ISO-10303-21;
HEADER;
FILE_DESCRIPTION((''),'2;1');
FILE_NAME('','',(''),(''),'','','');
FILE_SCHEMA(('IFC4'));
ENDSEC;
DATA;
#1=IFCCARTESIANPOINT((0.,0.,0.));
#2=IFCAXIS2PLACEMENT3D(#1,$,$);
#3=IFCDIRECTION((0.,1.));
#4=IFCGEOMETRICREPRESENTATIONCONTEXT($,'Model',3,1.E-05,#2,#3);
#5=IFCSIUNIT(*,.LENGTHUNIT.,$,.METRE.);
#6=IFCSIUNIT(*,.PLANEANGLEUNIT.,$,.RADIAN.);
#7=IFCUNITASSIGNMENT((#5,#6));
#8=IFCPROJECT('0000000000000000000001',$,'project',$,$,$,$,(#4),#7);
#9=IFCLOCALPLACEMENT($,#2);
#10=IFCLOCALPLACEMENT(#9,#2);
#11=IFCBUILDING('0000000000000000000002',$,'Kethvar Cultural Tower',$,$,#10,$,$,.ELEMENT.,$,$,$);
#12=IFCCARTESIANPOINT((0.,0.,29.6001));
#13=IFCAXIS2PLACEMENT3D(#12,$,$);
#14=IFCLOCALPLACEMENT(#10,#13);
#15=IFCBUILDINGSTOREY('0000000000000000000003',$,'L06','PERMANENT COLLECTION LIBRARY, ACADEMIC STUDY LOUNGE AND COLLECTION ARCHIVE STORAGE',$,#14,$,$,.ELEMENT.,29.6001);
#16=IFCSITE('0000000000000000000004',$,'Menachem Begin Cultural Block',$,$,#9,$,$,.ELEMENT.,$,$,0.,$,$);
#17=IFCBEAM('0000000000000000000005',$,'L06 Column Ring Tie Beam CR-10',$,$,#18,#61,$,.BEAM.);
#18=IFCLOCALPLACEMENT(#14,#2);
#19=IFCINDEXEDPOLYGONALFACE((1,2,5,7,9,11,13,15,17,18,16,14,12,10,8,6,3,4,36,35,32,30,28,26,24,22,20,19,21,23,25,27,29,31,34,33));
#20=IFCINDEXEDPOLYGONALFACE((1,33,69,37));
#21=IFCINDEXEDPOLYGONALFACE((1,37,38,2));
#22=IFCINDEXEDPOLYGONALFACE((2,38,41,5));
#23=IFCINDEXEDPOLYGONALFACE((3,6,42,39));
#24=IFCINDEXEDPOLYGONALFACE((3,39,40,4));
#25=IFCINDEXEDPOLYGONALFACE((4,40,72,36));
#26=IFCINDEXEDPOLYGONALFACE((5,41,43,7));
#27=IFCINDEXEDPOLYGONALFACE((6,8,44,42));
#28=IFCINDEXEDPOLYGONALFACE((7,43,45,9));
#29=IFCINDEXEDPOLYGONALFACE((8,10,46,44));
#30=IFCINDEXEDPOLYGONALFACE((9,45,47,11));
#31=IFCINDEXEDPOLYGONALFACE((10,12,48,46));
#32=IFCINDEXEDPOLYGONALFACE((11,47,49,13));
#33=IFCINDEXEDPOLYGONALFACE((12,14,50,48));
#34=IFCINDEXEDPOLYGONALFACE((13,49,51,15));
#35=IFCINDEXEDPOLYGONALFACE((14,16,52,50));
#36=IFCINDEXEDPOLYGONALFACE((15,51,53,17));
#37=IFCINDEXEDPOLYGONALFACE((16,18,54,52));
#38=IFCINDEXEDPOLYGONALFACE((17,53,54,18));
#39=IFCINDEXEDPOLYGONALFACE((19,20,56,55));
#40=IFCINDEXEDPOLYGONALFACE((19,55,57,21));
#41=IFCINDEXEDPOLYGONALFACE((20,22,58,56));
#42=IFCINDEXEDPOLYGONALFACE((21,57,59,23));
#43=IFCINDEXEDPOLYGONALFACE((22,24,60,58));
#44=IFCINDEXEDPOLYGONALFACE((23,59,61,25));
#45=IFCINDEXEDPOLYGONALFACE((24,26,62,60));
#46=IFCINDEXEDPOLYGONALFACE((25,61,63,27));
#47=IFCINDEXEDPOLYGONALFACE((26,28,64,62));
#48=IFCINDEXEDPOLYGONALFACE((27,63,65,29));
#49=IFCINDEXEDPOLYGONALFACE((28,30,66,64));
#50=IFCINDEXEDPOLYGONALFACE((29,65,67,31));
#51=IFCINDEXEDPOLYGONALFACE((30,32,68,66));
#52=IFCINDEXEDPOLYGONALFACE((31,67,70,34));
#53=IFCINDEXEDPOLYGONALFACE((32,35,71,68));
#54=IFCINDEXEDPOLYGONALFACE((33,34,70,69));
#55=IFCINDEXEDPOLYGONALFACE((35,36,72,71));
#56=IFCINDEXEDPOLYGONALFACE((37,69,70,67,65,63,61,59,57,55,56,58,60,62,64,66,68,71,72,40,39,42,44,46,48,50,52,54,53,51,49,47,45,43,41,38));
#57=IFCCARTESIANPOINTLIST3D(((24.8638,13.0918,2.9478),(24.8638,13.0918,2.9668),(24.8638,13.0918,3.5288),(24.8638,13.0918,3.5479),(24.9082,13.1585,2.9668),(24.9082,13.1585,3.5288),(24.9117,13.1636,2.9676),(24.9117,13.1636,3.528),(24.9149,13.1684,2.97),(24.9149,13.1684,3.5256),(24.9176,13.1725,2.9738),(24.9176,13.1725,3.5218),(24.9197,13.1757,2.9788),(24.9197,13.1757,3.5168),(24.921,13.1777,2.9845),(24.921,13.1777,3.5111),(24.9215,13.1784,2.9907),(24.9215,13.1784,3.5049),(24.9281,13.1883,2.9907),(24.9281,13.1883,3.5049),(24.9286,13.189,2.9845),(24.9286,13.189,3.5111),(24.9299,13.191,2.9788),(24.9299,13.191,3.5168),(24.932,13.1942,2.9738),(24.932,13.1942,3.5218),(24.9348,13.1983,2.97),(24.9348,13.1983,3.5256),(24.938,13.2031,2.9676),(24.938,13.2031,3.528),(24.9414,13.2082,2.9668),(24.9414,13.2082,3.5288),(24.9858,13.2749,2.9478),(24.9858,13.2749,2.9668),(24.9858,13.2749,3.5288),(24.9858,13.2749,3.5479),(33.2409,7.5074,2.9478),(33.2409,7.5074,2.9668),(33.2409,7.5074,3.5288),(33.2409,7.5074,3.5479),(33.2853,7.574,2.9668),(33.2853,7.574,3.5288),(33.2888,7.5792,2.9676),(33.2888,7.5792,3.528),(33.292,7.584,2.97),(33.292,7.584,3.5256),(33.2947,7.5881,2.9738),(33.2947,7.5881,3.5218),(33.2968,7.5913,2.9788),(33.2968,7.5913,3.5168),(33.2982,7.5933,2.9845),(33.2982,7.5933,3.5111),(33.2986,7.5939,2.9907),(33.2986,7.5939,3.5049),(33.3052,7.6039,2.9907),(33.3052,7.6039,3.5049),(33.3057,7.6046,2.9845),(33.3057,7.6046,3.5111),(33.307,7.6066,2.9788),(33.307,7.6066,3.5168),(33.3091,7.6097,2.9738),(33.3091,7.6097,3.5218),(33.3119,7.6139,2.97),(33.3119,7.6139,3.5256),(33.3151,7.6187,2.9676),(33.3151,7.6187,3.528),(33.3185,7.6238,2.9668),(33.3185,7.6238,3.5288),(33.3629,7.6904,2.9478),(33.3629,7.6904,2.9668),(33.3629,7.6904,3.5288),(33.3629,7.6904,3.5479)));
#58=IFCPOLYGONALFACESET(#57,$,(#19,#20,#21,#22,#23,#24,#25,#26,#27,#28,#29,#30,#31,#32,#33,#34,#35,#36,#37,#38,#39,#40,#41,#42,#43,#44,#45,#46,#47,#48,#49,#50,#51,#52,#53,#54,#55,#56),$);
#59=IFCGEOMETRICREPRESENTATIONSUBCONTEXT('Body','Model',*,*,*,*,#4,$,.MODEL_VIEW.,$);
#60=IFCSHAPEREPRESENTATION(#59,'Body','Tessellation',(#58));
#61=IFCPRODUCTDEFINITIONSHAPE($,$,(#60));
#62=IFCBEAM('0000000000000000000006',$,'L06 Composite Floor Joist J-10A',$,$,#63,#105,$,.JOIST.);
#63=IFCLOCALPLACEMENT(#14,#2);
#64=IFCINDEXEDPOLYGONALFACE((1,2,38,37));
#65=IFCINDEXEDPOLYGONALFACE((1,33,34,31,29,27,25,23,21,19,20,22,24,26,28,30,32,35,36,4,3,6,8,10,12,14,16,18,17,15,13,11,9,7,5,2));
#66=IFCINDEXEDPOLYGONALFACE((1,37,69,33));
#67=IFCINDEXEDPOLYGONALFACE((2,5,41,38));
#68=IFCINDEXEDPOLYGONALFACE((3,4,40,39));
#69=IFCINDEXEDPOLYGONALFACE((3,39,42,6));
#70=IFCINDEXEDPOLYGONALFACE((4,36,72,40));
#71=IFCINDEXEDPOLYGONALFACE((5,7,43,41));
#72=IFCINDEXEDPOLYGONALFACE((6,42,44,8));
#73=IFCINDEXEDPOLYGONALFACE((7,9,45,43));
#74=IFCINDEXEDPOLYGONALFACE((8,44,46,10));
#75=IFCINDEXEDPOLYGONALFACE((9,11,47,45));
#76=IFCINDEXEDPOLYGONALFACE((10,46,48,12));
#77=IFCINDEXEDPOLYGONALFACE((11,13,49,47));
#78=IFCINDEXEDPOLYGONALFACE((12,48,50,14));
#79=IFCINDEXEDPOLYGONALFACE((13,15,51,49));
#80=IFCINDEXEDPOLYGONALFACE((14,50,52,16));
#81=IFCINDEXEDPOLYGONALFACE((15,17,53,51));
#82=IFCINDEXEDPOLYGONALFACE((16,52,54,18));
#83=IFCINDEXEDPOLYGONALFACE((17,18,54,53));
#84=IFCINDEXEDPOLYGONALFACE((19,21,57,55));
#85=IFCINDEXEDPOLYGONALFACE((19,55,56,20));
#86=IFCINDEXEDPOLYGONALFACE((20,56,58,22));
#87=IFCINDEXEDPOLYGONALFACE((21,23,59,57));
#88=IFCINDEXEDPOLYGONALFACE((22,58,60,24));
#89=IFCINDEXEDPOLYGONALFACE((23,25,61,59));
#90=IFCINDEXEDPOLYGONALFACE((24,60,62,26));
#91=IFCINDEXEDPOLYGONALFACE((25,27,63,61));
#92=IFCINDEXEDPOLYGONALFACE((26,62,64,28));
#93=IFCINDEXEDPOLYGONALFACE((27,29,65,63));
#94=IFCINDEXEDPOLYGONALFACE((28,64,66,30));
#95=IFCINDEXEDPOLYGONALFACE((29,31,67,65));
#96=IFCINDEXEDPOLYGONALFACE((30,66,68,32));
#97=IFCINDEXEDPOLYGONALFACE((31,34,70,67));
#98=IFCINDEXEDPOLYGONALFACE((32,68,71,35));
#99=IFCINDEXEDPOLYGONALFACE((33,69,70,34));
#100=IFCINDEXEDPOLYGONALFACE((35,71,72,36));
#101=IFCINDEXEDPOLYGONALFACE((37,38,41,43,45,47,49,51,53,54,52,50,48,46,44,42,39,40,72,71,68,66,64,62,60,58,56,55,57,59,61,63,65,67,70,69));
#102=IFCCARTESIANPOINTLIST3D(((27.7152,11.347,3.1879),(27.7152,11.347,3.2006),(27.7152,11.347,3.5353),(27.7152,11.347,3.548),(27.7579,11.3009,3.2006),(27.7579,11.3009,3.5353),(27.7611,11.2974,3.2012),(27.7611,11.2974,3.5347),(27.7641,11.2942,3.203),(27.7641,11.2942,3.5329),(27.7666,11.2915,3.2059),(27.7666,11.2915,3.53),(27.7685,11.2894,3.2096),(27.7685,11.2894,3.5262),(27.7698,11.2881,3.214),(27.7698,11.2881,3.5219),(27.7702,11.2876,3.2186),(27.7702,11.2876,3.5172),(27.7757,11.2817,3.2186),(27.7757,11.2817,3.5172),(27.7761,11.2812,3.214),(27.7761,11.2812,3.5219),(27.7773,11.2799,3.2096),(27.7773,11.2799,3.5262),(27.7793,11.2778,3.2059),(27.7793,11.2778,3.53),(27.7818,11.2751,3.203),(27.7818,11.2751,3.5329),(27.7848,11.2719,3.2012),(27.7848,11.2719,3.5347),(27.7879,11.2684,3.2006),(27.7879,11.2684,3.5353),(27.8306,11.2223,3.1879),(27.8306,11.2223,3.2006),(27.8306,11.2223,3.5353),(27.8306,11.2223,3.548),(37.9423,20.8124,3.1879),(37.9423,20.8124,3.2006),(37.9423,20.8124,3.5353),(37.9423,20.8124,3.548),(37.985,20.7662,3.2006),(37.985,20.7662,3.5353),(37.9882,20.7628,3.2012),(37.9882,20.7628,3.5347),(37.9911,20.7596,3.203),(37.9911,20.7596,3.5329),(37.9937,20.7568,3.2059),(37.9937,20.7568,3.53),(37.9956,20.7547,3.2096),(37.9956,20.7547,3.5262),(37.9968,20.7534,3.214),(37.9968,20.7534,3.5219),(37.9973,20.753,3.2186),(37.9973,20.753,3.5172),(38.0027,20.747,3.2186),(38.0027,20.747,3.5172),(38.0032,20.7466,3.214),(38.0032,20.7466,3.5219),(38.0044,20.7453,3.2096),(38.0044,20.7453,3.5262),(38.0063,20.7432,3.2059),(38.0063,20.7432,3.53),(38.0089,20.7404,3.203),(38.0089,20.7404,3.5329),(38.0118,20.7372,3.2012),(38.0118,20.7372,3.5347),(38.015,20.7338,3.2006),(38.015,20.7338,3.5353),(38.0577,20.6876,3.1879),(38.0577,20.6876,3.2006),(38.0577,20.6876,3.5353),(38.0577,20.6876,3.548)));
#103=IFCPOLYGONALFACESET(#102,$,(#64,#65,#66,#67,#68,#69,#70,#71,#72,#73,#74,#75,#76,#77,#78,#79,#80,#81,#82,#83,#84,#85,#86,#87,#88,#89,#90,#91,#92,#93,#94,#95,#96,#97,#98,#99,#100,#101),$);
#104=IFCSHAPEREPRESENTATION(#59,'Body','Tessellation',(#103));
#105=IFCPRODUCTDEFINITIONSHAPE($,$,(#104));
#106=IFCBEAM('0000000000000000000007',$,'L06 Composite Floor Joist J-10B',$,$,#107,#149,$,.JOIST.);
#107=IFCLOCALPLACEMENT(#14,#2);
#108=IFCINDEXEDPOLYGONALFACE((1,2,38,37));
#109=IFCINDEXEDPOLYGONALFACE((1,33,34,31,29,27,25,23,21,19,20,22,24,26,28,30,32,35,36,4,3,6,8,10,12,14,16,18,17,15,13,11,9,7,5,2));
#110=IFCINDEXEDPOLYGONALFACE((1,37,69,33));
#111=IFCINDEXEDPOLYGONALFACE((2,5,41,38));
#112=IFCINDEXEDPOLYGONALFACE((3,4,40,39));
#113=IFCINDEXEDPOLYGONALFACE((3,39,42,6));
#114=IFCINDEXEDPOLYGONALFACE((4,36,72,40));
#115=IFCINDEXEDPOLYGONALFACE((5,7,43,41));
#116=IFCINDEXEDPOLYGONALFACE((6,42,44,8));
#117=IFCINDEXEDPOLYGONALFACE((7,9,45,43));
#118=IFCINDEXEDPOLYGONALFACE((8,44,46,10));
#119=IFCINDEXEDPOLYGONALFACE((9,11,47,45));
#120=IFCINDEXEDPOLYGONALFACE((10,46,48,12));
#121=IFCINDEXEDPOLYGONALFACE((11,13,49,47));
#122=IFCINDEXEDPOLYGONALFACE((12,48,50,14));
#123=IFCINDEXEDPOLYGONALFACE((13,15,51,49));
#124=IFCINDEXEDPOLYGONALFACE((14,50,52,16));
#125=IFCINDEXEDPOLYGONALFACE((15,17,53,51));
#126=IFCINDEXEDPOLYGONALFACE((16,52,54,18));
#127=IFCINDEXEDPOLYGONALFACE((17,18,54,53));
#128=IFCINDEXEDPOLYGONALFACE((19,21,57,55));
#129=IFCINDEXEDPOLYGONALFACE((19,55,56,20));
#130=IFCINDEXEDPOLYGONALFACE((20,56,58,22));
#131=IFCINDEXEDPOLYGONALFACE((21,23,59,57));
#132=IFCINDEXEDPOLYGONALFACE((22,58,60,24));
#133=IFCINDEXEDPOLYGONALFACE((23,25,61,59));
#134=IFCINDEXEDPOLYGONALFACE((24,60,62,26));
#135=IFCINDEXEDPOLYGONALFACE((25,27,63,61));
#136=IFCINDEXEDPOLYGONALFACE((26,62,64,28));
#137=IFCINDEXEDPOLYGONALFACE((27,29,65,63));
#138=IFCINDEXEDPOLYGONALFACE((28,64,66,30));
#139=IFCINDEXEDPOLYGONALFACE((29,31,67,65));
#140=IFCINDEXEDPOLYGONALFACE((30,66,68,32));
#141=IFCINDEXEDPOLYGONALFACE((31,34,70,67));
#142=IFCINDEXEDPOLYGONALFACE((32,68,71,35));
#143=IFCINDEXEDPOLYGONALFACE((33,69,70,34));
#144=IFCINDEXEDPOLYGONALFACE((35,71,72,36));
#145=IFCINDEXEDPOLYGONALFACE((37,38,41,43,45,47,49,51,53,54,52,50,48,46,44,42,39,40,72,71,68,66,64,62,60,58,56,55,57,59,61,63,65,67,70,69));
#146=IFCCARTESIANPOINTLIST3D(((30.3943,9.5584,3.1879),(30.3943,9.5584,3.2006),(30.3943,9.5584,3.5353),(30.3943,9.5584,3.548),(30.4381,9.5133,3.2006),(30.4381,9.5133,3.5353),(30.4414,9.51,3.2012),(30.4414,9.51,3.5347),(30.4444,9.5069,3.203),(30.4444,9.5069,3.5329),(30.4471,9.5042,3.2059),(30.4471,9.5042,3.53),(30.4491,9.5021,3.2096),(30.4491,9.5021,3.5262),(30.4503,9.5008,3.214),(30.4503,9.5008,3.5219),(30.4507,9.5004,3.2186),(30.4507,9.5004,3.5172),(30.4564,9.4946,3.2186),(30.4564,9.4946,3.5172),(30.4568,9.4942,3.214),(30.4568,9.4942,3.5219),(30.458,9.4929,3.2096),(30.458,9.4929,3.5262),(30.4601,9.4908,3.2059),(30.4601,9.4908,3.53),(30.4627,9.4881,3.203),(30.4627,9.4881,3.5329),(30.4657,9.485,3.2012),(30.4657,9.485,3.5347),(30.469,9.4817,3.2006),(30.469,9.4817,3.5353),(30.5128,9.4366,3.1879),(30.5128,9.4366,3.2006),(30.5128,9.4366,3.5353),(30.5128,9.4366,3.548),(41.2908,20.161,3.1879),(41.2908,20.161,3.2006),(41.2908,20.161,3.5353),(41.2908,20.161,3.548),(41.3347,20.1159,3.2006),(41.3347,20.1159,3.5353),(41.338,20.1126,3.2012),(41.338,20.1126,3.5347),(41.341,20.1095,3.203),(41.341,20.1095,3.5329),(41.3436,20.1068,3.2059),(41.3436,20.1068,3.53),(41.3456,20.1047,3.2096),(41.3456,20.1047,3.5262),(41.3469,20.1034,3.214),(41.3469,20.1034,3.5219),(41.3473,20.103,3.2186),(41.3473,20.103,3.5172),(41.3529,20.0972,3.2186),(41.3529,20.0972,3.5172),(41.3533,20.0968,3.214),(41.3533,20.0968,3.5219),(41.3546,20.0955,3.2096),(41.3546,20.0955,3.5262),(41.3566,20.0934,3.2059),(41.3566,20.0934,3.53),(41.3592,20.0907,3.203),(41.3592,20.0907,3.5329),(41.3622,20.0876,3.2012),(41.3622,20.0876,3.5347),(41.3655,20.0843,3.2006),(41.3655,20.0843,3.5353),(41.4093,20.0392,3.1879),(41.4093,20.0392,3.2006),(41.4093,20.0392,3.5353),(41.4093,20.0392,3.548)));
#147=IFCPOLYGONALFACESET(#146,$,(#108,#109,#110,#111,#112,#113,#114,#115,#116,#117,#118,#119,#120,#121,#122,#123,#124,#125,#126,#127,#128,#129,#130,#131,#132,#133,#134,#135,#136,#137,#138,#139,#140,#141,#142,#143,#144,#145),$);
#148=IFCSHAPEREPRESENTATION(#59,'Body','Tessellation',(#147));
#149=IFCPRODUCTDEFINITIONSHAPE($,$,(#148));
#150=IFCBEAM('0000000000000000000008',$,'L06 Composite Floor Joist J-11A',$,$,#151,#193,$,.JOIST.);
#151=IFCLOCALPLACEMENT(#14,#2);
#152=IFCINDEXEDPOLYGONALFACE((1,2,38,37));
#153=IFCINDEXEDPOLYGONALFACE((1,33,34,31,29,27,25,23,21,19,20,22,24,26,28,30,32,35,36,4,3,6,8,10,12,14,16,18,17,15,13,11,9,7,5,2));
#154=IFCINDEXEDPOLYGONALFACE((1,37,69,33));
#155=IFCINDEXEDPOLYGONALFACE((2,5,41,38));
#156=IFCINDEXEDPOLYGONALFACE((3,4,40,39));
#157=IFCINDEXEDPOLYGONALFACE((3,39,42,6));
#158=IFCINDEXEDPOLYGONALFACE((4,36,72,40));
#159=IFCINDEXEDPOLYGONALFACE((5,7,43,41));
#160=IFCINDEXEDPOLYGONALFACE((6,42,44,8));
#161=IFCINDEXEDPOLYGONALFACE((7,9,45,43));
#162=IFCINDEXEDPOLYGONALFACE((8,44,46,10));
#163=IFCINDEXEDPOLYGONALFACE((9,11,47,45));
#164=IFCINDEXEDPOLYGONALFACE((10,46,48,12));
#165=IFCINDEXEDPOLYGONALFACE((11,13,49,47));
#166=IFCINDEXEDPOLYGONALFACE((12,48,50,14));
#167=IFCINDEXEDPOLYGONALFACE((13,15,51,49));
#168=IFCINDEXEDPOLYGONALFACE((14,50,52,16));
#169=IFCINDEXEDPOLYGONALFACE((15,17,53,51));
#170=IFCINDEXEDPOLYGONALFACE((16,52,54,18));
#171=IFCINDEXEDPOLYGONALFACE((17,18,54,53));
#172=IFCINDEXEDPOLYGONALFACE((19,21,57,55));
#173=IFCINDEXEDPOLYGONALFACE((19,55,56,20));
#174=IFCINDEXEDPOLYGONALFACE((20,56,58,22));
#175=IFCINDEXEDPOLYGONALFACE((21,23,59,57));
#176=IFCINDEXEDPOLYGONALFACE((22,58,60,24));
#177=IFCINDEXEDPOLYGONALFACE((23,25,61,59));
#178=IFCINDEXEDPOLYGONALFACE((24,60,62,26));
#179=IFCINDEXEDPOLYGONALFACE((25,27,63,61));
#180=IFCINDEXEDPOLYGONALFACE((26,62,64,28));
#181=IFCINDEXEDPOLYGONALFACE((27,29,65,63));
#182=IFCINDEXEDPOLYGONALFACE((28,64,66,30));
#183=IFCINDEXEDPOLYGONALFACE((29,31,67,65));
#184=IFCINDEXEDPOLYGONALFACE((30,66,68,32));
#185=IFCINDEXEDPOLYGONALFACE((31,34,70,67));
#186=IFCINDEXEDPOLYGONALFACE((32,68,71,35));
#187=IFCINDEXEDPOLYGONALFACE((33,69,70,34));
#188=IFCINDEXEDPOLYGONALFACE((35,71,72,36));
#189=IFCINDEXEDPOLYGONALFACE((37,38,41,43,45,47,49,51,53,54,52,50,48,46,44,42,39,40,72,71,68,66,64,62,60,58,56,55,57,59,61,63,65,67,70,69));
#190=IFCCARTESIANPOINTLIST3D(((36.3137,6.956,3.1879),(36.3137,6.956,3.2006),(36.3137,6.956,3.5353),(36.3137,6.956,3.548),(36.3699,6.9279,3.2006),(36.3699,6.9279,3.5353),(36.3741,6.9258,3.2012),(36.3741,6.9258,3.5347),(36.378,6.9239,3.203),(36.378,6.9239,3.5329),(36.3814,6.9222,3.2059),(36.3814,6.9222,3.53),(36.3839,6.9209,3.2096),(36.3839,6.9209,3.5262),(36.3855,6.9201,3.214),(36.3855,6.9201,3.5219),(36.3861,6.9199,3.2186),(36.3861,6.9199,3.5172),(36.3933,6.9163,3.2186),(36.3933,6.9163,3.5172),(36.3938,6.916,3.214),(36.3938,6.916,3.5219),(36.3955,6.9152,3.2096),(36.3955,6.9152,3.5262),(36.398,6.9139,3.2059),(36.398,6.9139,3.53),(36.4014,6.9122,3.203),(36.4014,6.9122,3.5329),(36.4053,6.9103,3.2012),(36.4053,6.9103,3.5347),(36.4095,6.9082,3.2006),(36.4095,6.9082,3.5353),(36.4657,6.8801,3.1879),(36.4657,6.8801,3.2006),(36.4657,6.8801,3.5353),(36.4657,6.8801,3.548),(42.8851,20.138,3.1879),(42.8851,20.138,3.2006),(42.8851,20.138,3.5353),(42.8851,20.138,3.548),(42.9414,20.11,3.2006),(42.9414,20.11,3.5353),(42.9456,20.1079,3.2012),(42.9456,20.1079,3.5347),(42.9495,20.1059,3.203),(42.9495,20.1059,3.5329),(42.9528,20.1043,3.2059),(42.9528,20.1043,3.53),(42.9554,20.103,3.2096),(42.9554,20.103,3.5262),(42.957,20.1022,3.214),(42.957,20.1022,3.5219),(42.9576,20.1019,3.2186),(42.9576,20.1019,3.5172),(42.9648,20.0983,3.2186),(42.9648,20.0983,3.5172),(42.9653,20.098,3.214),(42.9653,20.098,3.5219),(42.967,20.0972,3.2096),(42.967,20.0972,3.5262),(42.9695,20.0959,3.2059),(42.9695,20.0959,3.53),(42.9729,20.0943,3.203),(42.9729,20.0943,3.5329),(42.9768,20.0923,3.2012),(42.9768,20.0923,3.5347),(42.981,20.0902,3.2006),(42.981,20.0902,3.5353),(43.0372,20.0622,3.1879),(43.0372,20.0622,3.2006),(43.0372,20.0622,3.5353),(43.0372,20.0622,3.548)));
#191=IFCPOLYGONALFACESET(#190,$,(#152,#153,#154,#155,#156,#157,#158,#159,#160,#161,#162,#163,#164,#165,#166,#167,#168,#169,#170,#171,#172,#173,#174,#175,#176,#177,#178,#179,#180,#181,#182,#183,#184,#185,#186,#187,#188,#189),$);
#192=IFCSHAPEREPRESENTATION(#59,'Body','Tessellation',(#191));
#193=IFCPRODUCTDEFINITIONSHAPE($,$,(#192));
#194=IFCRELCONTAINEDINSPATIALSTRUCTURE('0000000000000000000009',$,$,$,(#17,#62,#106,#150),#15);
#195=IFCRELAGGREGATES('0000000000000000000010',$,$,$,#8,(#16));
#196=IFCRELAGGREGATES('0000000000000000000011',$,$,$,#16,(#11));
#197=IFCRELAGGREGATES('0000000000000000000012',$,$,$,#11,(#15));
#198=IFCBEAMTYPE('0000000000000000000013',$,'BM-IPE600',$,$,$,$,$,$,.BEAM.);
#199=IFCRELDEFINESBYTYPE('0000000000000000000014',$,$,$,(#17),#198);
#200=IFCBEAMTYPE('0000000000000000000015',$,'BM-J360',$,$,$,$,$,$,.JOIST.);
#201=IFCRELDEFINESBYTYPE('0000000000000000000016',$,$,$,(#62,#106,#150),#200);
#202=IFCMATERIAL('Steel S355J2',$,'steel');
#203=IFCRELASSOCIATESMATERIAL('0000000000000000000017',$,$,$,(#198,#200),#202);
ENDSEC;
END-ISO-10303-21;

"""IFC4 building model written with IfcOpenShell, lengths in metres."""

from ifc_helpers import new_model, si_unit, direction, frame, origin, origin_2d, place, context, subcontext, project, spatial, i_section, extrude, source, transform, mapped, material, material_profile, profile_set, type_object, element, save


model = new_model("IFC4")

# Units and contexts
model_context = context("Model", 3, precision=1e-05, world=origin(), true_north=direction((0.0, 1.0)))
body_context = subcontext(model_context, "Body", "Model", "MODEL_VIEW")
ifc_project = project(units=[si_unit("LENGTHUNIT", "METRE"), si_unit("PLANEANGLEUNIT", "RADIAN")], contexts=[model_context])

# Site, building, storey
site_placement = place(None, origin())
site = spatial("IfcSite", under=ifc_project, at=site_placement, Name="Menachem Begin Cultural Block", CompositionType="ELEMENT", RefElevation=0.0)
building_placement = place(site_placement, origin())
building = spatial("IfcBuilding", under=site, at=building_placement, Name="Kethvar Cultural Tower", CompositionType="ELEMENT")
storey_placement = place(building_placement, frame((0.0, 0.0, 29.6001)))
storey = spatial("IfcBuildingStorey", under=building, at=storey_placement, Name="L06", Description="PERMANENT COLLECTION LIBRARY, ACADEMIC STUDY LOUNGE AND COLLECTION ARCHIVE STORAGE", CompositionType="ELEMENT", Elevation=29.6001)

# Beams
ifc_material_1 = material(Name="Steel S355J2", Category="steel")
ifc_material_profile_1 = material_profile(ifc_material_1, i_section(OverallWidth=0.22, OverallDepth=0.6001, WebThickness=0.012, FlangeThickness=0.019, FilletRadius=0.0239, at=origin_2d()), Name="Steel S355J2 — IPE600")
ifc_profile_set_1 = profile_set([ifc_material_profile_1], Name="Steel S355J2 — IPE600")
beam_type_1 = type_object("IfcBeamType", Name="BM-IPE600", PredefinedType="BEAM", material=ifc_profile_set_1)
ifc_material_profile_2 = material_profile(ifc_material_1, i_section(OverallWidth=0.1699, OverallDepth=0.3601, WebThickness=0.0081, FlangeThickness=0.0127, FilletRadius=0.0181, at=origin_2d()), Name="Steel S355J2 — IPE360")
ifc_profile_set_2 = profile_set([ifc_material_profile_2], Name="Steel S355J2 — IPE360")
beam_type_2 = type_object("IfcBeamType", Name="BM-J360", PredefinedType="JOIST", material=ifc_profile_set_2)
shared_shape_1 = source(origin(), body_context, "Body", "SweptSolid", [
    extrude(i_section(OverallWidth=0.22, OverallDepth=0.6001, WebThickness=0.012, FlangeThickness=0.019, FilletRadius=0.0239, at=origin_2d()), origin(), (0.0, 0.0, 1.0), 10.0679),
])
beam_1_placement = place(storey_placement, frame((24.9248, 13.1833, 3.2478), z_axis=(0.832065, -0.554678, 0.0), x_axis=(0.554678, 0.832065, 0.0)))
element("IfcBeam", 1, at=beam_1_placement, inside=storey, type_object=beam_type_1, Name="L06 Column Ring Tie Beam CR-10", PredefinedType="BEAM", context=body_context, shape_type="MappedRepresentation", body=[
    mapped(shared_shape_1, transform((0.0, 0.0, 0.0), scale=1.0)),
])
shared_shape_2 = source(origin(), body_context, "Body", "SweptSolid", [
    extrude(i_section(OverallWidth=0.1699, OverallDepth=0.3601, WebThickness=0.0081, FlangeThickness=0.0127, FilletRadius=0.0181, at=origin_2d()), origin(), (0.0, 0.0, 1.0), 13.9351),
])
beam_2_placement = place(storey_placement, frame((38.0, 20.75, 3.3679), z_axis=(-0.733909, -0.679247, 0.0), x_axis=(0.679247, -0.733909, 0.0)))
element("IfcBeam", 2, at=beam_2_placement, inside=storey, type_object=beam_type_2, Name="L06 Composite Floor Joist J-10A", PredefinedType="JOIST", context=body_context, shape_type="MappedRepresentation", body=[
    mapped(shared_shape_2, transform((0.0, 0.0, 0.0), scale=1.0)),
])
shared_shape_3 = source(origin(), body_context, "Body", "SweptSolid", [
    extrude(i_section(OverallWidth=0.1699, OverallDepth=0.3601, WebThickness=0.0081, FlangeThickness=0.0127, FilletRadius=0.0181, at=origin_2d()), origin(), (0.0, 0.0, 1.0), 15.2036),
])
beam_3_placement = place(storey_placement, frame((41.3501, 20.1001, 3.3679), z_axis=(-0.716708, -0.697374, 0.0), x_axis=(0.697374, -0.716708, 0.0)))
element("IfcBeam", 3, at=beam_3_placement, inside=storey, type_object=beam_type_2, Name="L06 Composite Floor Joist J-10B", PredefinedType="JOIST", context=body_context, shape_type="MappedRepresentation", body=[
    mapped(shared_shape_3, transform((0.0, 0.0, 0.0), scale=1.0)),
])
shared_shape_4 = source(origin(), body_context, "Body", "SweptSolid", [
    extrude(i_section(OverallWidth=0.1699, OverallDepth=0.3601, WebThickness=0.0081, FlangeThickness=0.0127, FilletRadius=0.0181, at=origin_2d()), origin(), (0.0, 0.0, 1.0), 14.7292),
])
beam_4_placement = place(storey_placement, frame((42.9612, 20.1001, 3.3679), z_axis=(-0.446152, -0.894957, 0.0), x_axis=(0.894957, -0.446152, 0.0)))
element("IfcBeam", 4, at=beam_4_placement, inside=storey, type_object=beam_type_2, Name="L06 Composite Floor Joist J-11A", PredefinedType="JOIST", context=body_context, shape_type="MappedRepresentation", body=[
    mapped(shared_shape_4, transform((0.0, 0.0, 0.0), scale=1.0)),
])

save(model, "model.ifc")
